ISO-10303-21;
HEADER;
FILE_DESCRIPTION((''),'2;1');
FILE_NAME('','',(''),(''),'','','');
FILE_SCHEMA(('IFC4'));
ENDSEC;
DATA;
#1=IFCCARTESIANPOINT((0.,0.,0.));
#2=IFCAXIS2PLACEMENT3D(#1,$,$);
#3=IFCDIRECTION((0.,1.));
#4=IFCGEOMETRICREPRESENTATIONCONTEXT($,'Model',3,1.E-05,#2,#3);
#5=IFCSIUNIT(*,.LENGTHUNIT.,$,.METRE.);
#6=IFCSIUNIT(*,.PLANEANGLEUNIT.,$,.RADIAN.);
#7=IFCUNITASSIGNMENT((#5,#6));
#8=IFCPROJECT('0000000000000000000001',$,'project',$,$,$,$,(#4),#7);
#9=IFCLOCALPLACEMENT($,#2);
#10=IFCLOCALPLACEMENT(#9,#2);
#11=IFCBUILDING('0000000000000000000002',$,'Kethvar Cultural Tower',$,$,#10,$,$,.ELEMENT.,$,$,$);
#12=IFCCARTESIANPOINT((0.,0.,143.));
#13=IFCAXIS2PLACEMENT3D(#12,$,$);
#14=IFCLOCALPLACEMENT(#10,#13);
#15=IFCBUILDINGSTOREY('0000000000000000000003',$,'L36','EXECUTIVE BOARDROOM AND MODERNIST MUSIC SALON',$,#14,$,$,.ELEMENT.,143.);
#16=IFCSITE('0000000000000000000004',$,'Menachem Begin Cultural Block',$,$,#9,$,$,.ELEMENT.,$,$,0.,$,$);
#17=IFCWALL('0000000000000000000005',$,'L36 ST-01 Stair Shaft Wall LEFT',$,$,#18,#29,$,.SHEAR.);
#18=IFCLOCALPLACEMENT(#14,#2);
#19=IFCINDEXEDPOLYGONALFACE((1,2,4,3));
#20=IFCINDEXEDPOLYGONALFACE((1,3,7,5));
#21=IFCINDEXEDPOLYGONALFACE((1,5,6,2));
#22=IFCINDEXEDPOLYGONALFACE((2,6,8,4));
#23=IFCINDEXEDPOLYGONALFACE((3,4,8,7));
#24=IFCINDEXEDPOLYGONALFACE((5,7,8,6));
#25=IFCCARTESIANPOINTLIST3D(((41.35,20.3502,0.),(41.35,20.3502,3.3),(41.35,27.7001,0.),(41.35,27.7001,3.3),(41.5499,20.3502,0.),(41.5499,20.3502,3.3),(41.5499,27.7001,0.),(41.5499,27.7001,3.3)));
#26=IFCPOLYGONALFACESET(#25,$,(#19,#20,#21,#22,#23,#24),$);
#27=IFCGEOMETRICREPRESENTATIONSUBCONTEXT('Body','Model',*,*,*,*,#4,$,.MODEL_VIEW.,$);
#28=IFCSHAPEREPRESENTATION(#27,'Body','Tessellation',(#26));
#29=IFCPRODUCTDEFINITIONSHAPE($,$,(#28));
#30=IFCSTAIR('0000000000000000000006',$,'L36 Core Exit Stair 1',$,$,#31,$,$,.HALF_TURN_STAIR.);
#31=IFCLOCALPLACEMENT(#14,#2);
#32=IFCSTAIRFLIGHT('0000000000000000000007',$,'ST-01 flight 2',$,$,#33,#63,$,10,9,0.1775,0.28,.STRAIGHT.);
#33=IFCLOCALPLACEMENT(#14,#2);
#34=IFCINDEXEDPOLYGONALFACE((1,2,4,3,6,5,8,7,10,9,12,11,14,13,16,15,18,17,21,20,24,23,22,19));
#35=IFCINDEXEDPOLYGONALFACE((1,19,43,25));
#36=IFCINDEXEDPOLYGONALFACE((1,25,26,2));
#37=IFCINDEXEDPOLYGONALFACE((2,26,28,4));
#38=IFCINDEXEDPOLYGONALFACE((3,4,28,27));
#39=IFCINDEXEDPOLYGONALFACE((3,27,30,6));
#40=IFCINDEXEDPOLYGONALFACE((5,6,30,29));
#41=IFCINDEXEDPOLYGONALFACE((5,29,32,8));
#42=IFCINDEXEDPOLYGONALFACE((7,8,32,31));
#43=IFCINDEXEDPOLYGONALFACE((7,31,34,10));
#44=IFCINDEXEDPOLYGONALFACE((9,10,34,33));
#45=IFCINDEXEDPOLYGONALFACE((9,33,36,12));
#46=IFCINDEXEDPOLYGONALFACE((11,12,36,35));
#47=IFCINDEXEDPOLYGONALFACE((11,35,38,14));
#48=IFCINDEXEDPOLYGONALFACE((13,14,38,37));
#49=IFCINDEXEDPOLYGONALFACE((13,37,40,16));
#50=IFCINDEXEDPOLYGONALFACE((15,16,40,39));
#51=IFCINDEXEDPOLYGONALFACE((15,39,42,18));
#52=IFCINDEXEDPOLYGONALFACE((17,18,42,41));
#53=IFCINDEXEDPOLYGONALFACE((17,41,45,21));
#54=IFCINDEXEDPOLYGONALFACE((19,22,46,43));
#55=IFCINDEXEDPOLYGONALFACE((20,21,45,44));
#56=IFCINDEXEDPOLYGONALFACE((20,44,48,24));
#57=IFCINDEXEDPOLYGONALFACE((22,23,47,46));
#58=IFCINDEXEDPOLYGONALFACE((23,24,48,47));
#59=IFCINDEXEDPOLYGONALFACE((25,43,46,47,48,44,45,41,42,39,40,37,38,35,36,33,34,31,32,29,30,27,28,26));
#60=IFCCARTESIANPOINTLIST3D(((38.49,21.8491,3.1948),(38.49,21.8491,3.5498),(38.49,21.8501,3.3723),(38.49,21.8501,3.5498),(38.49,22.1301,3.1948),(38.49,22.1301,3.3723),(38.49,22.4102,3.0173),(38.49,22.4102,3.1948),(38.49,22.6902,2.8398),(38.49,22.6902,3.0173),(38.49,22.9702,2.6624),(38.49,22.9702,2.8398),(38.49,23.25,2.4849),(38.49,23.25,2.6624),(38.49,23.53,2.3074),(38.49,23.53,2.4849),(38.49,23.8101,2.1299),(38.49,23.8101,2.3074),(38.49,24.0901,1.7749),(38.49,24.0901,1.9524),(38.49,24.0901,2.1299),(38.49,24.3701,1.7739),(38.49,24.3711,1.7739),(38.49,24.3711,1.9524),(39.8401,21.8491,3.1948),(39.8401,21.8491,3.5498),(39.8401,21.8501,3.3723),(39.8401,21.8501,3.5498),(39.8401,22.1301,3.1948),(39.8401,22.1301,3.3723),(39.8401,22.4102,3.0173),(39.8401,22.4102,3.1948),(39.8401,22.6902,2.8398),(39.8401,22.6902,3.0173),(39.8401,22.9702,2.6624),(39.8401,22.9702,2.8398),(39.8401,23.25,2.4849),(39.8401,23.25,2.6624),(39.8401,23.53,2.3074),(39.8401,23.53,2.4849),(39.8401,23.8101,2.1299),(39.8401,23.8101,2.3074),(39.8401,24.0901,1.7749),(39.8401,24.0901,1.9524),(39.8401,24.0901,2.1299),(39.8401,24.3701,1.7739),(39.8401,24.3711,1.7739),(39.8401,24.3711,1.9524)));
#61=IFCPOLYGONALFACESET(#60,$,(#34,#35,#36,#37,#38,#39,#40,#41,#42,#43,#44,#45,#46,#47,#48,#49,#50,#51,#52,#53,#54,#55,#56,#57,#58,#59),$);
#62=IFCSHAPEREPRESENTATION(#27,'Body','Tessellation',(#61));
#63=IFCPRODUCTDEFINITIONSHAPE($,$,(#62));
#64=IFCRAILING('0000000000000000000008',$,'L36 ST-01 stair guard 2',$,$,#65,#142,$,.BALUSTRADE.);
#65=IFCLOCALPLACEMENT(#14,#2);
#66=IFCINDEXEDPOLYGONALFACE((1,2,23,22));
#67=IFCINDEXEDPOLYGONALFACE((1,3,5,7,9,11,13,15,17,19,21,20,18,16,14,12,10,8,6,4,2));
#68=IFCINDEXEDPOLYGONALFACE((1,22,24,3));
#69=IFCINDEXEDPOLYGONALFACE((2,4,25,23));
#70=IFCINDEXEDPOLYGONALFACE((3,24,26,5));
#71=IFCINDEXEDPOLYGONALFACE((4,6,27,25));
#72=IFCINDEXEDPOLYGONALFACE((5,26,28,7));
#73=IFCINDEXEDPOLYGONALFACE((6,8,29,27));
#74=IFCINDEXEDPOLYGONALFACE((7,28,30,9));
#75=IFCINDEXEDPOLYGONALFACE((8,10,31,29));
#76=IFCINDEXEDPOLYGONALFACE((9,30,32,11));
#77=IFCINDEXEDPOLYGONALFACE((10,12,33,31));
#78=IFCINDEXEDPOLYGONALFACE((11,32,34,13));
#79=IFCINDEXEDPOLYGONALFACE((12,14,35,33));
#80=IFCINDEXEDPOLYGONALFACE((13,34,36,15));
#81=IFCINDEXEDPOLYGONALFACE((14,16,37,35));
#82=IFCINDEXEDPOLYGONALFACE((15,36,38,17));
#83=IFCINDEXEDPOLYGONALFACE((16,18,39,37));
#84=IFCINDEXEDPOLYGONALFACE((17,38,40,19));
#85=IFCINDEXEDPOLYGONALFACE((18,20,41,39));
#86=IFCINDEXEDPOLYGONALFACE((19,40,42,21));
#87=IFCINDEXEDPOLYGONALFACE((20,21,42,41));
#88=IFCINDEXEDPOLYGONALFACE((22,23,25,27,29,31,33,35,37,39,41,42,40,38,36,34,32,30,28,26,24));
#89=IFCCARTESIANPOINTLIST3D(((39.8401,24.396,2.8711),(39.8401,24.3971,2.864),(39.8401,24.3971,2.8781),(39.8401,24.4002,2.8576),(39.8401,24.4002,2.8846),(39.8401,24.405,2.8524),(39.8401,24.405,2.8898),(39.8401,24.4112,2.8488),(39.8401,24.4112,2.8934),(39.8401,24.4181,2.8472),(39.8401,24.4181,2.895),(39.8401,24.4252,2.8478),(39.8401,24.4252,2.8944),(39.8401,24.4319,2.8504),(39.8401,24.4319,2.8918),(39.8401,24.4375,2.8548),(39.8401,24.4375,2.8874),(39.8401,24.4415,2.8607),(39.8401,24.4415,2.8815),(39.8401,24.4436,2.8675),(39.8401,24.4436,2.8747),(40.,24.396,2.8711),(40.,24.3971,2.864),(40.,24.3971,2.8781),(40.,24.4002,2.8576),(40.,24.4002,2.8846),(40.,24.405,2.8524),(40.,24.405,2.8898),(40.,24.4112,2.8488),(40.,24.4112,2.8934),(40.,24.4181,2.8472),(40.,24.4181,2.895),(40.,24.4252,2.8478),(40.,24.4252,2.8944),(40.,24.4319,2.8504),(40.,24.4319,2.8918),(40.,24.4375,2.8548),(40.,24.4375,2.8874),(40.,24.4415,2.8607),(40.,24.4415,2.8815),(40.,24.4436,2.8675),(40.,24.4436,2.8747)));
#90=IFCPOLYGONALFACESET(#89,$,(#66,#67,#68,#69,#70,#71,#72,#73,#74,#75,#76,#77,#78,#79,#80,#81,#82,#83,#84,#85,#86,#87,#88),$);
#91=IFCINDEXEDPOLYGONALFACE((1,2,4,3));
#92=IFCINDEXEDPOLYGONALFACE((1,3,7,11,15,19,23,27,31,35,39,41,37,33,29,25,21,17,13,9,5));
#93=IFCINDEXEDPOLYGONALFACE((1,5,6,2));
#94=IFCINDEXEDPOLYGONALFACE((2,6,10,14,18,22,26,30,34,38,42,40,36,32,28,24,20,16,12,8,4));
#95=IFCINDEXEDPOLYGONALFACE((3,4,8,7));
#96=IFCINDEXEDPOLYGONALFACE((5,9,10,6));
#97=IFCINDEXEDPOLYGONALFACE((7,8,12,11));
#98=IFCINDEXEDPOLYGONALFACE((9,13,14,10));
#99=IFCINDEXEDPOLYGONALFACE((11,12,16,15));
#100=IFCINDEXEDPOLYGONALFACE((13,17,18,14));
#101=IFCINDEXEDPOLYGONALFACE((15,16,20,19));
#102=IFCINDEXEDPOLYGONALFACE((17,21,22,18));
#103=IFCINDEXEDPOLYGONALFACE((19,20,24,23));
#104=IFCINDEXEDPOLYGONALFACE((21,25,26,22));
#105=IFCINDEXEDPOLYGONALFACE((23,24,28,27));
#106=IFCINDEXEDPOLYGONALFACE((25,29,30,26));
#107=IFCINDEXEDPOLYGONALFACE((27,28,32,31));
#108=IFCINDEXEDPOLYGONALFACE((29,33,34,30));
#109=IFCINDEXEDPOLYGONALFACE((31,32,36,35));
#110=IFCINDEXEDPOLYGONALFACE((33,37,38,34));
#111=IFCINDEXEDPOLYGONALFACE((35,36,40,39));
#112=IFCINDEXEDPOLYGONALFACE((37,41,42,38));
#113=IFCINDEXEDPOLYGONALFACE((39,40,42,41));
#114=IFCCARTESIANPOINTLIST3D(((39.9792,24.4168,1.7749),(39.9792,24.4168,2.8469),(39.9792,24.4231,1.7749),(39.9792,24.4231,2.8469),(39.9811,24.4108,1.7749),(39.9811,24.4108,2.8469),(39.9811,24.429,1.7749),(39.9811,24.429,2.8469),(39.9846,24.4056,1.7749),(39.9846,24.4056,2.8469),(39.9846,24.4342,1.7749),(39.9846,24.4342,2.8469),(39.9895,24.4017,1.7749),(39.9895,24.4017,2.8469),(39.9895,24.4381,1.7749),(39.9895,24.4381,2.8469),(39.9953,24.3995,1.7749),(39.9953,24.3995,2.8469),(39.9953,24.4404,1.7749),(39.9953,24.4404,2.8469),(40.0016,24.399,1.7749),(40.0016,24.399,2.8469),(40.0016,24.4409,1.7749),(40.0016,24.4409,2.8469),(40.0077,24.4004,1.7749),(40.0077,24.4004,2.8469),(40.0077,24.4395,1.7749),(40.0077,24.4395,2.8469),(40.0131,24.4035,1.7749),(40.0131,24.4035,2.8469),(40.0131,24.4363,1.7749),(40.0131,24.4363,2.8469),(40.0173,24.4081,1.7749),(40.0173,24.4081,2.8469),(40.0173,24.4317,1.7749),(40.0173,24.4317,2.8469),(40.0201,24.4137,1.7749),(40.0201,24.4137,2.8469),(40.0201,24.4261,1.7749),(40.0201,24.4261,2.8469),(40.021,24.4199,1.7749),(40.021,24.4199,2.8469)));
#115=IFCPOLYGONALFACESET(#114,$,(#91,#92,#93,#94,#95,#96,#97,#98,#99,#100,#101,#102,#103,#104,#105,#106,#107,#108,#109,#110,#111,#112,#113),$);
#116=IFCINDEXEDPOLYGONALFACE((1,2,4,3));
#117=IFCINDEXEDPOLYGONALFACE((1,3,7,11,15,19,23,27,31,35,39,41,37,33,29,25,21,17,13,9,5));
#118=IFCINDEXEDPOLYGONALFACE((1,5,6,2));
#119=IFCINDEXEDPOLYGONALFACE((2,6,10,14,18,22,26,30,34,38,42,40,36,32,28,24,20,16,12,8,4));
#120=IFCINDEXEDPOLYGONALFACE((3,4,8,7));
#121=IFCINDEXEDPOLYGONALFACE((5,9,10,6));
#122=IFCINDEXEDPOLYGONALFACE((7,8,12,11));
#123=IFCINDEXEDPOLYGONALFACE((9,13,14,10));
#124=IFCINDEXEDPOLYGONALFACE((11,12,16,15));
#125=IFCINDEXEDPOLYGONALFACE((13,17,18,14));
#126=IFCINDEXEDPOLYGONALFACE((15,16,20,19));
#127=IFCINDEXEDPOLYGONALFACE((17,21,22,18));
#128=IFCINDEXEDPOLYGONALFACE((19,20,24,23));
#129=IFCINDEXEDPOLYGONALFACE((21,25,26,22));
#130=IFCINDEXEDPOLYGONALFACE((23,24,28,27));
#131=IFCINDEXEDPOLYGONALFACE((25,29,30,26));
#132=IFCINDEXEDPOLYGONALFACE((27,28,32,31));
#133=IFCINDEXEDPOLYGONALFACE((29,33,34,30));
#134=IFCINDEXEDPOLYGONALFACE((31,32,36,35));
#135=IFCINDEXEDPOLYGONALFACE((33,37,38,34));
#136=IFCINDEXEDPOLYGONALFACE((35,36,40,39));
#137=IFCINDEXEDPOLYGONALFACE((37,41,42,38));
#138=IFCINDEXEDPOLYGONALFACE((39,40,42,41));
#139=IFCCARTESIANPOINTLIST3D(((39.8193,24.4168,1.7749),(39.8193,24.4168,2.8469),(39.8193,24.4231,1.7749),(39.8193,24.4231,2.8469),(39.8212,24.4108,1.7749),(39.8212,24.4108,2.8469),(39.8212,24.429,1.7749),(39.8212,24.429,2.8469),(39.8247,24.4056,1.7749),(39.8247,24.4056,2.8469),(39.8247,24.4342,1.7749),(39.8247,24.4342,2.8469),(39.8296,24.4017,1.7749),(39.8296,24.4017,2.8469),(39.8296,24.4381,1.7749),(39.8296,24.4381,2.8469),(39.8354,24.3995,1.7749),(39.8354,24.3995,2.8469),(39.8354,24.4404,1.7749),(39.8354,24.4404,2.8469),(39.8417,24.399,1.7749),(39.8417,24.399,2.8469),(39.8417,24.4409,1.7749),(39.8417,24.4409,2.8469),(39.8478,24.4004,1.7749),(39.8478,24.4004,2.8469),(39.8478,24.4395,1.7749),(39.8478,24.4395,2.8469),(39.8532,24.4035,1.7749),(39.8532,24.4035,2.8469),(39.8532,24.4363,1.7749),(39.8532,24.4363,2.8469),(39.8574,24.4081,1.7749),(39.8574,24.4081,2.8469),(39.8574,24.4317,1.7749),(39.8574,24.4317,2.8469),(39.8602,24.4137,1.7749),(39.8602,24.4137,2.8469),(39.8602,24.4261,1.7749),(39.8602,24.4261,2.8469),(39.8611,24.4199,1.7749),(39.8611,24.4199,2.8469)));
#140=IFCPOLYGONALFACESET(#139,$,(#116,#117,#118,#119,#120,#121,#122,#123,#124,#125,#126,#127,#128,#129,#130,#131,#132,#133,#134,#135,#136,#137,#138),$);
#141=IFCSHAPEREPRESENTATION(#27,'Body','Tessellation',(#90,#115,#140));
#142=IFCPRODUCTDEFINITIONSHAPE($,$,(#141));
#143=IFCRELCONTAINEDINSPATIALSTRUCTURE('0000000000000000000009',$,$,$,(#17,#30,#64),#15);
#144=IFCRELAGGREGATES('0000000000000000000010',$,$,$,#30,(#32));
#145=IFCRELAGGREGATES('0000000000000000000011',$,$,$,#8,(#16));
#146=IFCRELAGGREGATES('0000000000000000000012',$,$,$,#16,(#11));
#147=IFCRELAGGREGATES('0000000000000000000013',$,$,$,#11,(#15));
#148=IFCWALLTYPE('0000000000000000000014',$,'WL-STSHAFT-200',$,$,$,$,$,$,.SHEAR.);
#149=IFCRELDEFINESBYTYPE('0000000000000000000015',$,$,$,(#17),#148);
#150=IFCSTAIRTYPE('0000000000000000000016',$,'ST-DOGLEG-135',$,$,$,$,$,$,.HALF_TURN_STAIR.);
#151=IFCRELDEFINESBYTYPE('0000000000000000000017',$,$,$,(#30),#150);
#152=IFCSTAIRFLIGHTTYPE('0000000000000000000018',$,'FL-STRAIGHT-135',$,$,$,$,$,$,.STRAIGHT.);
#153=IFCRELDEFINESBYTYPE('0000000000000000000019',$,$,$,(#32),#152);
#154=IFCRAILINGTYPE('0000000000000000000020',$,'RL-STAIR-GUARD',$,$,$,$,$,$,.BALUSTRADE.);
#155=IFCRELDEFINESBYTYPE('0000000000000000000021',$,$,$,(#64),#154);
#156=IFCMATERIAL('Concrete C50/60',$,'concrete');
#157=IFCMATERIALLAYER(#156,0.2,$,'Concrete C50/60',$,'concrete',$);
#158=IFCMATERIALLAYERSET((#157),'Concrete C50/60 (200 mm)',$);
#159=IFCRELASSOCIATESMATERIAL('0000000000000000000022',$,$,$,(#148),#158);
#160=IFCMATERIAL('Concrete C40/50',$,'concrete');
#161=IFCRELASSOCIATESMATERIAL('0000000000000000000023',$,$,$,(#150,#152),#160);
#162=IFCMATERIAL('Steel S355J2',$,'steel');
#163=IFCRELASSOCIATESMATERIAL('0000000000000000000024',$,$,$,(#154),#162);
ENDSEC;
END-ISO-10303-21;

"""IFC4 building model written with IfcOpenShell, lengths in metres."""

from ifc_helpers import new_model, si_unit, direction, frame, frame_2d, origin, origin_2d, place, context, subcontext, project, spatial, polyline, rectangle, circle, outline, extrude, material, layer, layer_set, type_object, element, aggregate, save


model = new_model("IFC4")

# Units and contexts
model_context = context("Model", 3, precision=1e-05, world=origin(), true_north=direction((0.0, 1.0)))
body_context = subcontext(model_context, "Body", "Model", "MODEL_VIEW")
ifc_project = project(units=[si_unit("LENGTHUNIT", "METRE"), si_unit("PLANEANGLEUNIT", "RADIAN")], contexts=[model_context])

# Site, building, storey
site_placement = place(None, origin())
site = spatial("IfcSite", under=ifc_project, at=site_placement, Name="Menachem Begin Cultural Block", CompositionType="ELEMENT", RefElevation=0.0)
building_placement = place(site_placement, origin())
building = spatial("IfcBuilding", under=site, at=building_placement, Name="Kethvar Cultural Tower", CompositionType="ELEMENT")
storey_placement = place(building_placement, frame((0.0, 0.0, 143.0)))
storey = spatial("IfcBuildingStorey", under=building, at=storey_placement, Name="L36", Description="EXECUTIVE BOARDROOM AND MODERNIST MUSIC SALON", CompositionType="ELEMENT", Elevation=143.0)

# Shared definitions
ifc_material_1 = material(Name="Steel S355J2", Category="steel")

# Shared definitions
ifc_material_2 = material(Name="Concrete C40/50", Category="concrete")
ifc_material_3 = material(Name="Concrete C50/60", Category="concrete")

# Wall
ifc_layer_1 = layer(ifc_material_3, 0.2, Name="Concrete C50/60", Category="concrete")
ifc_layer_set_1 = layer_set([ifc_layer_1], Name="Concrete C50/60 (200 mm)")
wall_type_1 = type_object("IfcWallType", Name="WL-STSHAFT-200", PredefinedType="SHEAR", material=ifc_layer_set_1)
wall_1_placement = place(storey_placement, frame((41.45, 27.7, 0.0), z_axis=(0.0, 0.0, 1.0), x_axis=(0.0, -1.0, 0.0)))
element("IfcWall", 1, at=wall_1_placement, inside=storey, type_object=wall_type_1, Name="L36 ST-01 Stair Shaft Wall LEFT", PredefinedType="SHEAR", context=body_context, shape_type="SweptSolid", body=[
    extrude(rectangle(XDim=7.3499, YDim=0.2, at=frame_2d((3.6748, 0.0))), origin(), (0.0, 0.0, 1.0), 3.3),
])

# Stair, stair flight
stair_type = type_object("IfcStairType", Name="ST-DOGLEG-135", PredefinedType="HALF_TURN_STAIR", material=ifc_material_2)
stair_placement = place(storey_placement, origin())
stair = element("IfcStair", 2, at=stair_placement, inside=storey, type_object=stair_type, Name="L36 Core Exit Stair 1", PredefinedType="HALF_TURN_STAIR")
stair_flight_type = type_object("IfcStairFlightType", Name="FL-STRAIGHT-135", PredefinedType="STRAIGHT", material=ifc_material_2)
stair_flight_placement = place(storey_placement, frame((39.165, 24.3701, 1.7749), z_axis=(0.0, 0.0, 1.0), x_axis=(0.0, -1.0, 0.0)))
stair_flight = element("IfcStairFlight", 3, at=stair_flight_placement, type_object=stair_flight_type, Name="ST-01 flight 2", NumberOfRisers=10, NumberOfTreads=9, PredefinedType="STRAIGHT", RiserHeight=0.1775, TreadLength=0.28, context=body_context, shape_type="SweptSolid", body=[
    extrude(outline(polyline([(-0.001, -0.001), (-0.001, 0.1775), (0.28, 0.1775), (0.28, 0.355), (0.5601, 0.355), (0.5601, 0.5325), (0.8401, 0.5325), (0.8401, 0.71), (1.1201, 0.71), (1.1201, 0.8875), (1.3999, 0.8875), (1.3999, 1.0649), (1.6799, 1.0649), (1.6799, 1.2424), (1.96, 1.2424), (1.96, 1.4199), (2.24, 1.4199), (2.24, 1.5974), (2.52, 1.5974), (2.52, 1.7749), (2.521, 1.7749), (2.521, 1.4199), (0.28, 0.0), (0.0, -0.001), (-0.001, -0.001)])), frame((0.0, 0.675, 0.0), z_axis=(0.0, -1.0, 0.0), x_axis=(1.0, 0.0, 0.0)), (0.0, 0.0, 1.0), 1.3501),
])
aggregate(stair, [stair_flight])

# Railing
railing_type_1 = type_object("IfcRailingType", Name="RL-STAIR-GUARD", PredefinedType="BALUSTRADE", material=ifc_material_1)
railing_1_placement = place(storey_placement, frame((40.0, 24.4199, 1.7749)))
element("IfcRailing", 4, at=railing_1_placement, inside=storey, type_object=railing_type_1, Name="L36 ST-01 stair guard 2", PredefinedType="BALUSTRADE", context=body_context, shape_type="SweptSolid", body=[
    extrude(circle(Radius=0.0239, at=origin_2d()), frame((0.0, 0.0, 1.0962), z_axis=(-1.0, 0.0, 0.0), x_axis=(0.0, -1.0, 0.0)), (0.0, 0.0, 1.0), 0.1599),
    extrude(circle(Radius=0.021, at=origin_2d()), origin(), (0.0, 0.0, 1.0), 1.072),
    extrude(circle(Radius=0.021, at=origin_2d()), frame((-0.1599, 0.0, 0.0)), (0.0, 0.0, 1.0), 1.072),
])

save(model, "model.ifc")
